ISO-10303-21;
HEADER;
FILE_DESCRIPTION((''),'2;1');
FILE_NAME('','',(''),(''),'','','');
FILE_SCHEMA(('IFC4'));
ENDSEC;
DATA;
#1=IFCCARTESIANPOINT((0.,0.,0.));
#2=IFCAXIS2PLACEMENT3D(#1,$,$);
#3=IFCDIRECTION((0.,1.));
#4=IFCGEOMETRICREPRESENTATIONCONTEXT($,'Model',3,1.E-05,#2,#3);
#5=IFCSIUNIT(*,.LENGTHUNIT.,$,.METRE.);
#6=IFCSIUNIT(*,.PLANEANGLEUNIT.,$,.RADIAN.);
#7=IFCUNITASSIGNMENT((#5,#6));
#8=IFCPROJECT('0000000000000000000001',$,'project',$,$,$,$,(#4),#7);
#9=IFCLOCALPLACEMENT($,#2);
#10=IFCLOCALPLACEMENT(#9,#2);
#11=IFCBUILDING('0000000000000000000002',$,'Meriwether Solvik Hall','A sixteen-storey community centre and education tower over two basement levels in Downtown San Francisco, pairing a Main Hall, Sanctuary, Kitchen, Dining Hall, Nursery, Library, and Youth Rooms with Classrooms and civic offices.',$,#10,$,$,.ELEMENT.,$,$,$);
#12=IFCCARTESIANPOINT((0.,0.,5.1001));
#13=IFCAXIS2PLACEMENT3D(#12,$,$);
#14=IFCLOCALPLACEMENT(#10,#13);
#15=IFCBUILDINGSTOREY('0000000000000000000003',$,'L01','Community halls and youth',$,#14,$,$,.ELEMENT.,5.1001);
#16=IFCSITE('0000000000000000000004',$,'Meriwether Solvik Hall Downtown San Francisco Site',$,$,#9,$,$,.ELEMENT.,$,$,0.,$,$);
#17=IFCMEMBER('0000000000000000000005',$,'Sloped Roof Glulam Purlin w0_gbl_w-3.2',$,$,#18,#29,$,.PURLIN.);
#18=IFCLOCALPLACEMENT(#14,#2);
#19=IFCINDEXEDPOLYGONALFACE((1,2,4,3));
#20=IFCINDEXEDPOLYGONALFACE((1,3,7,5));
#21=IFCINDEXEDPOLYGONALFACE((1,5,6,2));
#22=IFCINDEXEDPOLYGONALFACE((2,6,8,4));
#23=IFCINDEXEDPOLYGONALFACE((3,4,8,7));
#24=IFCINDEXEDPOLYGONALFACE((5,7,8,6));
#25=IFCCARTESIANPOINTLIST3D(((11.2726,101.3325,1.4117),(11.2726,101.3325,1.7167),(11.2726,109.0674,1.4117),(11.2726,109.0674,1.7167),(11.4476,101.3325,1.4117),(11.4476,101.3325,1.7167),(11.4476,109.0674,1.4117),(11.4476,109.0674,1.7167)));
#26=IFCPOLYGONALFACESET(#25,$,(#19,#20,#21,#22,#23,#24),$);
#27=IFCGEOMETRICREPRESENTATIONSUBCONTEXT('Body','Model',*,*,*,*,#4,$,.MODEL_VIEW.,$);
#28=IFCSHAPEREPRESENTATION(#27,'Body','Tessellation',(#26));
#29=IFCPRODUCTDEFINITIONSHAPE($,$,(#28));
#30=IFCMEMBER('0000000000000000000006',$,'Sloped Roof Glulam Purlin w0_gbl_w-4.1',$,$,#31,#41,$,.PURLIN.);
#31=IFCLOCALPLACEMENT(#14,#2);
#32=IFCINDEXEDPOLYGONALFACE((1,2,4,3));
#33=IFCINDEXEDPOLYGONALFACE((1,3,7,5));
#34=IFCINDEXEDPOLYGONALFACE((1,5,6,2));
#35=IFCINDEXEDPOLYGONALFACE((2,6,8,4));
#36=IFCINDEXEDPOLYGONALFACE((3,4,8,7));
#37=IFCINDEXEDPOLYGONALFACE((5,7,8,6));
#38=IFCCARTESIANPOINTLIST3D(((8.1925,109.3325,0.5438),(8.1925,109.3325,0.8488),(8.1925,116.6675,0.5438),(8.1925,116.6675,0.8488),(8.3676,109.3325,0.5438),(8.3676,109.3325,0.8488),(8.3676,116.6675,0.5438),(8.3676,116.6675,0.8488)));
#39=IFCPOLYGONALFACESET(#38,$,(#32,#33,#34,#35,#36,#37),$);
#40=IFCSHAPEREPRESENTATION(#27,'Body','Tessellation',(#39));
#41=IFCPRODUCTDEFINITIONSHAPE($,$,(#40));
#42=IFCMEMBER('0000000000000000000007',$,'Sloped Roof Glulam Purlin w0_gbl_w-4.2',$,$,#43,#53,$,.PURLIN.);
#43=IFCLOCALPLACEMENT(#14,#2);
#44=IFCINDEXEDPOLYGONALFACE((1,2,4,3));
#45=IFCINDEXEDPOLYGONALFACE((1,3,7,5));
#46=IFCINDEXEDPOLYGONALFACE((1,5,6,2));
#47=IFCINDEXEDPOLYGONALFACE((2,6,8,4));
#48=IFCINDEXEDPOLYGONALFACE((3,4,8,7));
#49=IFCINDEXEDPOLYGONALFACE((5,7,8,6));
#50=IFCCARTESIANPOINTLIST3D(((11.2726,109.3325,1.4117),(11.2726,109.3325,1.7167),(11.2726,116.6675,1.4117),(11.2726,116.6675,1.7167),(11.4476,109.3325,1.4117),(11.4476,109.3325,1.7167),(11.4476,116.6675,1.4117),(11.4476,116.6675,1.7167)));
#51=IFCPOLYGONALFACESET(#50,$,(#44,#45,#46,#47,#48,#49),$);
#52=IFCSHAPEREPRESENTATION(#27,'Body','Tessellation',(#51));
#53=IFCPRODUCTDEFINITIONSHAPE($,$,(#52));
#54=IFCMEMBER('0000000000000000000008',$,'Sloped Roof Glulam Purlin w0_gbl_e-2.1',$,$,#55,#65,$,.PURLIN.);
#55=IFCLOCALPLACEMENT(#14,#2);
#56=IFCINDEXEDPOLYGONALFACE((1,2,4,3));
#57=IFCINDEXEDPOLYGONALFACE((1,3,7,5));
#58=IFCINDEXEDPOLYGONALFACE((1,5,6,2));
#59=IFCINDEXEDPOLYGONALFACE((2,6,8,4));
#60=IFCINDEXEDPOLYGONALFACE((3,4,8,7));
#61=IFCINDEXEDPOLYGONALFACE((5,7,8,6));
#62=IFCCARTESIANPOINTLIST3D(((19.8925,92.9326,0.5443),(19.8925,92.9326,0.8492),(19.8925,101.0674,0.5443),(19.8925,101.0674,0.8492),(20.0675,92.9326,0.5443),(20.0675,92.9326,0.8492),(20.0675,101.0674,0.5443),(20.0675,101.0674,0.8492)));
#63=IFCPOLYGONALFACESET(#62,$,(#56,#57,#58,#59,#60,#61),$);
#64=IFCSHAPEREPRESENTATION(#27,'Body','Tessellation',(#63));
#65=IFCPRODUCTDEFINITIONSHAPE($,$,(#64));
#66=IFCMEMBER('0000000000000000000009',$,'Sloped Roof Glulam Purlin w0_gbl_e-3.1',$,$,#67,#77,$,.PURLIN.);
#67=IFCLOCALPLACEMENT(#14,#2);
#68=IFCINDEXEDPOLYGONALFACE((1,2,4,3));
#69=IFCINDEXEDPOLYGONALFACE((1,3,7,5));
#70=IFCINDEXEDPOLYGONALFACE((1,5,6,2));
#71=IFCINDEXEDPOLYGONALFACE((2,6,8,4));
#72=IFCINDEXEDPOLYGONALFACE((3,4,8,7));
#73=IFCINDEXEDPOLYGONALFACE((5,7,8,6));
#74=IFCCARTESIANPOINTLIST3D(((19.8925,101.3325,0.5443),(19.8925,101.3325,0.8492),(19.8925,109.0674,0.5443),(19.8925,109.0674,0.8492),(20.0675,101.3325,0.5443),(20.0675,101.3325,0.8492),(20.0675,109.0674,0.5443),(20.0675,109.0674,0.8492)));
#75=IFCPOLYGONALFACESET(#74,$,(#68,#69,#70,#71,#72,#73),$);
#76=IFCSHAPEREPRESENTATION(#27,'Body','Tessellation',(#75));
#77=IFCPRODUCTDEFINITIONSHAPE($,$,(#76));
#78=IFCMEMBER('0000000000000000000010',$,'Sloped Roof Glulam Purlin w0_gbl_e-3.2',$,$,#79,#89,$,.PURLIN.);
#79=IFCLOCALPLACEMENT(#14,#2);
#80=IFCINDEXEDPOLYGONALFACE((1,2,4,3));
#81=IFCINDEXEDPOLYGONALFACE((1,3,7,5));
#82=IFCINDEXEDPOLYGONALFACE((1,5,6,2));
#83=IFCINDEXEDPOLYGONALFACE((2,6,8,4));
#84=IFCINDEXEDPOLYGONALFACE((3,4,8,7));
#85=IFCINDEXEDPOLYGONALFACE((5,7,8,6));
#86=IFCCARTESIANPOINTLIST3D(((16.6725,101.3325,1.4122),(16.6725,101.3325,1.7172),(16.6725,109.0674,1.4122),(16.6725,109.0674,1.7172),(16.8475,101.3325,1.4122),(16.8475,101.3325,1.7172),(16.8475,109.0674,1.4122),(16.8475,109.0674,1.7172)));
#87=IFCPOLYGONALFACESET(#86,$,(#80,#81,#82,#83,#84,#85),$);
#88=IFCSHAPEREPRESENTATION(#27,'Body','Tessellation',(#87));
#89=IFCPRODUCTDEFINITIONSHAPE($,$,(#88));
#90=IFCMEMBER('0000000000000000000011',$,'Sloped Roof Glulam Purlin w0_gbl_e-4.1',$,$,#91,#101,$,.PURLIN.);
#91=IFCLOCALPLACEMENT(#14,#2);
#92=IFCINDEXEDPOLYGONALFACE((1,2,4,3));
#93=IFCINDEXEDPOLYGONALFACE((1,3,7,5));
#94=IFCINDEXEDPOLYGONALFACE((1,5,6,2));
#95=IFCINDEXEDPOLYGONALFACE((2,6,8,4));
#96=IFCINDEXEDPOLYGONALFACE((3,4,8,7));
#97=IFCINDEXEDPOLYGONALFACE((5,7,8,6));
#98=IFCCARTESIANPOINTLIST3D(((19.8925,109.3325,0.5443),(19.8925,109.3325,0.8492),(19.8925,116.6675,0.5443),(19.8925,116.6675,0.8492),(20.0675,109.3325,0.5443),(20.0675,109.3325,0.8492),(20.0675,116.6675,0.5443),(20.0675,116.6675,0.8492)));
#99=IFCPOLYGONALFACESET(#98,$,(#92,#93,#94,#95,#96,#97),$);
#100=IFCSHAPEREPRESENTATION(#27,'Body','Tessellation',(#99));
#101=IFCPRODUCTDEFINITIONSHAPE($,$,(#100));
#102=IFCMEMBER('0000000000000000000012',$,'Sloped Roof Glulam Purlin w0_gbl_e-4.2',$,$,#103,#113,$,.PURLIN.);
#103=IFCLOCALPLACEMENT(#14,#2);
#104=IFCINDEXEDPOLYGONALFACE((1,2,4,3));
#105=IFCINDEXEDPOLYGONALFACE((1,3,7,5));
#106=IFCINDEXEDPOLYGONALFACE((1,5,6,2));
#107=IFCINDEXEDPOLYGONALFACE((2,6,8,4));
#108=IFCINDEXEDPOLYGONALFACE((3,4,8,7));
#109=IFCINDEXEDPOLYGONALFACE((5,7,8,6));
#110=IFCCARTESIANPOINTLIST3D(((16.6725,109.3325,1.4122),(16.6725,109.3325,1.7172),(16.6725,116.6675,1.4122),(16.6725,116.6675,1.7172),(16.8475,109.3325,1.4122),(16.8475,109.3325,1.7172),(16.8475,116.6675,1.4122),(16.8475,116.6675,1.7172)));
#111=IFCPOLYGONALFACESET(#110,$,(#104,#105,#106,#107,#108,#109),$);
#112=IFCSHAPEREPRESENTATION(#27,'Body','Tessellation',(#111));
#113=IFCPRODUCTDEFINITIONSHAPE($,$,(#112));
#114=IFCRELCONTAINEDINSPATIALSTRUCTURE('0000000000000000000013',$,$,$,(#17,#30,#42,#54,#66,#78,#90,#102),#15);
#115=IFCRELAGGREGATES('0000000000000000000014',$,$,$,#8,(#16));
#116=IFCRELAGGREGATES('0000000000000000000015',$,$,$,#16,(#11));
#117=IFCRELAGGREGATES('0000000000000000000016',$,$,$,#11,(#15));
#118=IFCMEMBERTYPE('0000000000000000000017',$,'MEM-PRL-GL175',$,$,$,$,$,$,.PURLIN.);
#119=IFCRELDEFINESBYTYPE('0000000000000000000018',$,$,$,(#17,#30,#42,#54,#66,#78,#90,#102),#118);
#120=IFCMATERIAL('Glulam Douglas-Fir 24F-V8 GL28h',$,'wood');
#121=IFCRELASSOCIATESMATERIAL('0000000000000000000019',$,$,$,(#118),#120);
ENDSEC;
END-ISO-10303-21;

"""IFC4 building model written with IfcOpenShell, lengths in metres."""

from ifc_helpers import new_model, si_unit, direction, frame, origin, origin_2d, place, context, subcontext, project, spatial, rectangle, extrude, material, material_profile, profile_set, type_object, element, save


model = new_model("IFC4")

# Units and contexts
model_context = context("Model", 3, precision=1e-05, world=origin(), true_north=direction((0.0, 1.0)))
body_context = subcontext(model_context, "Body", "Model", "MODEL_VIEW")
ifc_project = project(units=[si_unit("LENGTHUNIT", "METRE"), si_unit("PLANEANGLEUNIT", "RADIAN")], contexts=[model_context])

# Site, building, storey
site_placement = place(None, origin())
site = spatial("IfcSite", under=ifc_project, at=site_placement, Name="Meriwether Solvik Hall Downtown San Francisco Site", CompositionType="ELEMENT", RefElevation=0.0)
building_placement = place(site_placement, origin())
building = spatial("IfcBuilding", under=site, at=building_placement, Name="Meriwether Solvik Hall", Description="A sixteen-storey community centre and education tower over two basement levels in Downtown San Francisco, pairing a Main Hall, Sanctuary, Kitchen, Dining Hall, Nursery, Library, and Youth Rooms with Classrooms and civic offices.", CompositionType="ELEMENT")
storey_placement = place(building_placement, frame((0.0, 0.0, 5.1001)))
storey = spatial("IfcBuildingStorey", under=building, at=storey_placement, Name="L01", Description="Community halls and youth", CompositionType="ELEMENT", Elevation=5.1001)

# Members
ifc_material_1 = material(Name="Glulam Douglas-Fir 24F-V8 GL28h", Category="wood")
ifc_material_profile_1 = material_profile(ifc_material_1, rectangle(XDim=0.175, YDim=0.3049, at=origin_2d()), Name="GLM-175X305")
ifc_profile_set_1 = profile_set([ifc_material_profile_1], Name="Glulam Douglas-Fir 24F-V8 GL28h")
member_type = type_object("IfcMemberType", Name="MEM-PRL-GL175", PredefinedType="PURLIN", material=ifc_profile_set_1)
for number, where, z_axis, x_axis, name in (
    (1, (11.3601, 101.3325, 1.5642), (0.0, 1.0, 0.0), (-1.0, 0.0, 0.0), "Sloped Roof Glulam Purlin w0_gbl_w-3.2"),
):
    element("IfcMember", number, at=place(storey_placement, frame(where, z_axis=z_axis, x_axis=x_axis)), inside=storey, type_object=member_type, Name=name, PredefinedType="PURLIN", context=body_context, shape_type="SweptSolid", body=[
        extrude(rectangle(XDim=0.175, YDim=0.3049, at=origin_2d()), origin(), (0.0, 0.0, 1.0), 7.7349),
    ])
for number, where, z_axis, x_axis, name in (
    (2, (8.28, 109.3325, 0.6963), (0.0, 1.0, 0.0), (-1.0, 0.0, 0.0), "Sloped Roof Glulam Purlin w0_gbl_w-4.1"),
    (3, (11.3601, 109.3325, 1.5642), (0.0, 1.0, 0.0), (-1.0, 0.0, 0.0), "Sloped Roof Glulam Purlin w0_gbl_w-4.2"),
):
    element("IfcMember", number, at=place(storey_placement, frame(where, z_axis=z_axis, x_axis=x_axis)), inside=storey, type_object=member_type, Name=name, PredefinedType="PURLIN", context=body_context, shape_type="SweptSolid", body=[
        extrude(rectangle(XDim=0.175, YDim=0.3049, at=origin_2d()), origin(), (0.0, 0.0, 1.0), 7.335),
    ])
member_placement = place(storey_placement, frame((19.98, 92.9326, 0.6968), z_axis=(0.0, 1.0, 0.0), x_axis=(-1.0, 0.0, 0.0)))
element("IfcMember", 4, at=member_placement, inside=storey, type_object=member_type, Name="Sloped Roof Glulam Purlin w0_gbl_e-2.1", PredefinedType="PURLIN", context=body_context, shape_type="SweptSolid", body=[
    extrude(rectangle(XDim=0.175, YDim=0.3049, at=origin_2d()), origin(), (0.0, 0.0, 1.0), 8.1348),
])
for number, where, z_axis, x_axis, name in (
    (5, (19.98, 101.3325, 0.6968), (0.0, 1.0, 0.0), (-1.0, 0.0, 0.0), "Sloped Roof Glulam Purlin w0_gbl_e-3.1"),
    (6, (16.76, 101.3325, 1.5647), (0.0, 1.0, 0.0), (-1.0, 0.0, 0.0), "Sloped Roof Glulam Purlin w0_gbl_e-3.2"),
):
    element("IfcMember", number, at=place(storey_placement, frame(where, z_axis=z_axis, x_axis=x_axis)), inside=storey, type_object=member_type, Name=name, PredefinedType="PURLIN", context=body_context, shape_type="SweptSolid", body=[
        extrude(rectangle(XDim=0.175, YDim=0.3049, at=origin_2d()), origin(), (0.0, 0.0, 1.0), 7.7349),
    ])
for number, where, z_axis, x_axis, name in (
    (7, (19.98, 109.3325, 0.6968), (0.0, 1.0, 0.0), (-1.0, 0.0, 0.0), "Sloped Roof Glulam Purlin w0_gbl_e-4.1"),
    (8, (16.76, 109.3325, 1.5647), (0.0, 1.0, 0.0), (-1.0, 0.0, 0.0), "Sloped Roof Glulam Purlin w0_gbl_e-4.2"),
):
    element("IfcMember", number, at=place(storey_placement, frame(where, z_axis=z_axis, x_axis=x_axis)), inside=storey, type_object=member_type, Name=name, PredefinedType="PURLIN", context=body_context, shape_type="SweptSolid", body=[
        extrude(rectangle(XDim=0.175, YDim=0.3049, at=origin_2d()), origin(), (0.0, 0.0, 1.0), 7.335),
    ])

save(model, "model.ifc")
